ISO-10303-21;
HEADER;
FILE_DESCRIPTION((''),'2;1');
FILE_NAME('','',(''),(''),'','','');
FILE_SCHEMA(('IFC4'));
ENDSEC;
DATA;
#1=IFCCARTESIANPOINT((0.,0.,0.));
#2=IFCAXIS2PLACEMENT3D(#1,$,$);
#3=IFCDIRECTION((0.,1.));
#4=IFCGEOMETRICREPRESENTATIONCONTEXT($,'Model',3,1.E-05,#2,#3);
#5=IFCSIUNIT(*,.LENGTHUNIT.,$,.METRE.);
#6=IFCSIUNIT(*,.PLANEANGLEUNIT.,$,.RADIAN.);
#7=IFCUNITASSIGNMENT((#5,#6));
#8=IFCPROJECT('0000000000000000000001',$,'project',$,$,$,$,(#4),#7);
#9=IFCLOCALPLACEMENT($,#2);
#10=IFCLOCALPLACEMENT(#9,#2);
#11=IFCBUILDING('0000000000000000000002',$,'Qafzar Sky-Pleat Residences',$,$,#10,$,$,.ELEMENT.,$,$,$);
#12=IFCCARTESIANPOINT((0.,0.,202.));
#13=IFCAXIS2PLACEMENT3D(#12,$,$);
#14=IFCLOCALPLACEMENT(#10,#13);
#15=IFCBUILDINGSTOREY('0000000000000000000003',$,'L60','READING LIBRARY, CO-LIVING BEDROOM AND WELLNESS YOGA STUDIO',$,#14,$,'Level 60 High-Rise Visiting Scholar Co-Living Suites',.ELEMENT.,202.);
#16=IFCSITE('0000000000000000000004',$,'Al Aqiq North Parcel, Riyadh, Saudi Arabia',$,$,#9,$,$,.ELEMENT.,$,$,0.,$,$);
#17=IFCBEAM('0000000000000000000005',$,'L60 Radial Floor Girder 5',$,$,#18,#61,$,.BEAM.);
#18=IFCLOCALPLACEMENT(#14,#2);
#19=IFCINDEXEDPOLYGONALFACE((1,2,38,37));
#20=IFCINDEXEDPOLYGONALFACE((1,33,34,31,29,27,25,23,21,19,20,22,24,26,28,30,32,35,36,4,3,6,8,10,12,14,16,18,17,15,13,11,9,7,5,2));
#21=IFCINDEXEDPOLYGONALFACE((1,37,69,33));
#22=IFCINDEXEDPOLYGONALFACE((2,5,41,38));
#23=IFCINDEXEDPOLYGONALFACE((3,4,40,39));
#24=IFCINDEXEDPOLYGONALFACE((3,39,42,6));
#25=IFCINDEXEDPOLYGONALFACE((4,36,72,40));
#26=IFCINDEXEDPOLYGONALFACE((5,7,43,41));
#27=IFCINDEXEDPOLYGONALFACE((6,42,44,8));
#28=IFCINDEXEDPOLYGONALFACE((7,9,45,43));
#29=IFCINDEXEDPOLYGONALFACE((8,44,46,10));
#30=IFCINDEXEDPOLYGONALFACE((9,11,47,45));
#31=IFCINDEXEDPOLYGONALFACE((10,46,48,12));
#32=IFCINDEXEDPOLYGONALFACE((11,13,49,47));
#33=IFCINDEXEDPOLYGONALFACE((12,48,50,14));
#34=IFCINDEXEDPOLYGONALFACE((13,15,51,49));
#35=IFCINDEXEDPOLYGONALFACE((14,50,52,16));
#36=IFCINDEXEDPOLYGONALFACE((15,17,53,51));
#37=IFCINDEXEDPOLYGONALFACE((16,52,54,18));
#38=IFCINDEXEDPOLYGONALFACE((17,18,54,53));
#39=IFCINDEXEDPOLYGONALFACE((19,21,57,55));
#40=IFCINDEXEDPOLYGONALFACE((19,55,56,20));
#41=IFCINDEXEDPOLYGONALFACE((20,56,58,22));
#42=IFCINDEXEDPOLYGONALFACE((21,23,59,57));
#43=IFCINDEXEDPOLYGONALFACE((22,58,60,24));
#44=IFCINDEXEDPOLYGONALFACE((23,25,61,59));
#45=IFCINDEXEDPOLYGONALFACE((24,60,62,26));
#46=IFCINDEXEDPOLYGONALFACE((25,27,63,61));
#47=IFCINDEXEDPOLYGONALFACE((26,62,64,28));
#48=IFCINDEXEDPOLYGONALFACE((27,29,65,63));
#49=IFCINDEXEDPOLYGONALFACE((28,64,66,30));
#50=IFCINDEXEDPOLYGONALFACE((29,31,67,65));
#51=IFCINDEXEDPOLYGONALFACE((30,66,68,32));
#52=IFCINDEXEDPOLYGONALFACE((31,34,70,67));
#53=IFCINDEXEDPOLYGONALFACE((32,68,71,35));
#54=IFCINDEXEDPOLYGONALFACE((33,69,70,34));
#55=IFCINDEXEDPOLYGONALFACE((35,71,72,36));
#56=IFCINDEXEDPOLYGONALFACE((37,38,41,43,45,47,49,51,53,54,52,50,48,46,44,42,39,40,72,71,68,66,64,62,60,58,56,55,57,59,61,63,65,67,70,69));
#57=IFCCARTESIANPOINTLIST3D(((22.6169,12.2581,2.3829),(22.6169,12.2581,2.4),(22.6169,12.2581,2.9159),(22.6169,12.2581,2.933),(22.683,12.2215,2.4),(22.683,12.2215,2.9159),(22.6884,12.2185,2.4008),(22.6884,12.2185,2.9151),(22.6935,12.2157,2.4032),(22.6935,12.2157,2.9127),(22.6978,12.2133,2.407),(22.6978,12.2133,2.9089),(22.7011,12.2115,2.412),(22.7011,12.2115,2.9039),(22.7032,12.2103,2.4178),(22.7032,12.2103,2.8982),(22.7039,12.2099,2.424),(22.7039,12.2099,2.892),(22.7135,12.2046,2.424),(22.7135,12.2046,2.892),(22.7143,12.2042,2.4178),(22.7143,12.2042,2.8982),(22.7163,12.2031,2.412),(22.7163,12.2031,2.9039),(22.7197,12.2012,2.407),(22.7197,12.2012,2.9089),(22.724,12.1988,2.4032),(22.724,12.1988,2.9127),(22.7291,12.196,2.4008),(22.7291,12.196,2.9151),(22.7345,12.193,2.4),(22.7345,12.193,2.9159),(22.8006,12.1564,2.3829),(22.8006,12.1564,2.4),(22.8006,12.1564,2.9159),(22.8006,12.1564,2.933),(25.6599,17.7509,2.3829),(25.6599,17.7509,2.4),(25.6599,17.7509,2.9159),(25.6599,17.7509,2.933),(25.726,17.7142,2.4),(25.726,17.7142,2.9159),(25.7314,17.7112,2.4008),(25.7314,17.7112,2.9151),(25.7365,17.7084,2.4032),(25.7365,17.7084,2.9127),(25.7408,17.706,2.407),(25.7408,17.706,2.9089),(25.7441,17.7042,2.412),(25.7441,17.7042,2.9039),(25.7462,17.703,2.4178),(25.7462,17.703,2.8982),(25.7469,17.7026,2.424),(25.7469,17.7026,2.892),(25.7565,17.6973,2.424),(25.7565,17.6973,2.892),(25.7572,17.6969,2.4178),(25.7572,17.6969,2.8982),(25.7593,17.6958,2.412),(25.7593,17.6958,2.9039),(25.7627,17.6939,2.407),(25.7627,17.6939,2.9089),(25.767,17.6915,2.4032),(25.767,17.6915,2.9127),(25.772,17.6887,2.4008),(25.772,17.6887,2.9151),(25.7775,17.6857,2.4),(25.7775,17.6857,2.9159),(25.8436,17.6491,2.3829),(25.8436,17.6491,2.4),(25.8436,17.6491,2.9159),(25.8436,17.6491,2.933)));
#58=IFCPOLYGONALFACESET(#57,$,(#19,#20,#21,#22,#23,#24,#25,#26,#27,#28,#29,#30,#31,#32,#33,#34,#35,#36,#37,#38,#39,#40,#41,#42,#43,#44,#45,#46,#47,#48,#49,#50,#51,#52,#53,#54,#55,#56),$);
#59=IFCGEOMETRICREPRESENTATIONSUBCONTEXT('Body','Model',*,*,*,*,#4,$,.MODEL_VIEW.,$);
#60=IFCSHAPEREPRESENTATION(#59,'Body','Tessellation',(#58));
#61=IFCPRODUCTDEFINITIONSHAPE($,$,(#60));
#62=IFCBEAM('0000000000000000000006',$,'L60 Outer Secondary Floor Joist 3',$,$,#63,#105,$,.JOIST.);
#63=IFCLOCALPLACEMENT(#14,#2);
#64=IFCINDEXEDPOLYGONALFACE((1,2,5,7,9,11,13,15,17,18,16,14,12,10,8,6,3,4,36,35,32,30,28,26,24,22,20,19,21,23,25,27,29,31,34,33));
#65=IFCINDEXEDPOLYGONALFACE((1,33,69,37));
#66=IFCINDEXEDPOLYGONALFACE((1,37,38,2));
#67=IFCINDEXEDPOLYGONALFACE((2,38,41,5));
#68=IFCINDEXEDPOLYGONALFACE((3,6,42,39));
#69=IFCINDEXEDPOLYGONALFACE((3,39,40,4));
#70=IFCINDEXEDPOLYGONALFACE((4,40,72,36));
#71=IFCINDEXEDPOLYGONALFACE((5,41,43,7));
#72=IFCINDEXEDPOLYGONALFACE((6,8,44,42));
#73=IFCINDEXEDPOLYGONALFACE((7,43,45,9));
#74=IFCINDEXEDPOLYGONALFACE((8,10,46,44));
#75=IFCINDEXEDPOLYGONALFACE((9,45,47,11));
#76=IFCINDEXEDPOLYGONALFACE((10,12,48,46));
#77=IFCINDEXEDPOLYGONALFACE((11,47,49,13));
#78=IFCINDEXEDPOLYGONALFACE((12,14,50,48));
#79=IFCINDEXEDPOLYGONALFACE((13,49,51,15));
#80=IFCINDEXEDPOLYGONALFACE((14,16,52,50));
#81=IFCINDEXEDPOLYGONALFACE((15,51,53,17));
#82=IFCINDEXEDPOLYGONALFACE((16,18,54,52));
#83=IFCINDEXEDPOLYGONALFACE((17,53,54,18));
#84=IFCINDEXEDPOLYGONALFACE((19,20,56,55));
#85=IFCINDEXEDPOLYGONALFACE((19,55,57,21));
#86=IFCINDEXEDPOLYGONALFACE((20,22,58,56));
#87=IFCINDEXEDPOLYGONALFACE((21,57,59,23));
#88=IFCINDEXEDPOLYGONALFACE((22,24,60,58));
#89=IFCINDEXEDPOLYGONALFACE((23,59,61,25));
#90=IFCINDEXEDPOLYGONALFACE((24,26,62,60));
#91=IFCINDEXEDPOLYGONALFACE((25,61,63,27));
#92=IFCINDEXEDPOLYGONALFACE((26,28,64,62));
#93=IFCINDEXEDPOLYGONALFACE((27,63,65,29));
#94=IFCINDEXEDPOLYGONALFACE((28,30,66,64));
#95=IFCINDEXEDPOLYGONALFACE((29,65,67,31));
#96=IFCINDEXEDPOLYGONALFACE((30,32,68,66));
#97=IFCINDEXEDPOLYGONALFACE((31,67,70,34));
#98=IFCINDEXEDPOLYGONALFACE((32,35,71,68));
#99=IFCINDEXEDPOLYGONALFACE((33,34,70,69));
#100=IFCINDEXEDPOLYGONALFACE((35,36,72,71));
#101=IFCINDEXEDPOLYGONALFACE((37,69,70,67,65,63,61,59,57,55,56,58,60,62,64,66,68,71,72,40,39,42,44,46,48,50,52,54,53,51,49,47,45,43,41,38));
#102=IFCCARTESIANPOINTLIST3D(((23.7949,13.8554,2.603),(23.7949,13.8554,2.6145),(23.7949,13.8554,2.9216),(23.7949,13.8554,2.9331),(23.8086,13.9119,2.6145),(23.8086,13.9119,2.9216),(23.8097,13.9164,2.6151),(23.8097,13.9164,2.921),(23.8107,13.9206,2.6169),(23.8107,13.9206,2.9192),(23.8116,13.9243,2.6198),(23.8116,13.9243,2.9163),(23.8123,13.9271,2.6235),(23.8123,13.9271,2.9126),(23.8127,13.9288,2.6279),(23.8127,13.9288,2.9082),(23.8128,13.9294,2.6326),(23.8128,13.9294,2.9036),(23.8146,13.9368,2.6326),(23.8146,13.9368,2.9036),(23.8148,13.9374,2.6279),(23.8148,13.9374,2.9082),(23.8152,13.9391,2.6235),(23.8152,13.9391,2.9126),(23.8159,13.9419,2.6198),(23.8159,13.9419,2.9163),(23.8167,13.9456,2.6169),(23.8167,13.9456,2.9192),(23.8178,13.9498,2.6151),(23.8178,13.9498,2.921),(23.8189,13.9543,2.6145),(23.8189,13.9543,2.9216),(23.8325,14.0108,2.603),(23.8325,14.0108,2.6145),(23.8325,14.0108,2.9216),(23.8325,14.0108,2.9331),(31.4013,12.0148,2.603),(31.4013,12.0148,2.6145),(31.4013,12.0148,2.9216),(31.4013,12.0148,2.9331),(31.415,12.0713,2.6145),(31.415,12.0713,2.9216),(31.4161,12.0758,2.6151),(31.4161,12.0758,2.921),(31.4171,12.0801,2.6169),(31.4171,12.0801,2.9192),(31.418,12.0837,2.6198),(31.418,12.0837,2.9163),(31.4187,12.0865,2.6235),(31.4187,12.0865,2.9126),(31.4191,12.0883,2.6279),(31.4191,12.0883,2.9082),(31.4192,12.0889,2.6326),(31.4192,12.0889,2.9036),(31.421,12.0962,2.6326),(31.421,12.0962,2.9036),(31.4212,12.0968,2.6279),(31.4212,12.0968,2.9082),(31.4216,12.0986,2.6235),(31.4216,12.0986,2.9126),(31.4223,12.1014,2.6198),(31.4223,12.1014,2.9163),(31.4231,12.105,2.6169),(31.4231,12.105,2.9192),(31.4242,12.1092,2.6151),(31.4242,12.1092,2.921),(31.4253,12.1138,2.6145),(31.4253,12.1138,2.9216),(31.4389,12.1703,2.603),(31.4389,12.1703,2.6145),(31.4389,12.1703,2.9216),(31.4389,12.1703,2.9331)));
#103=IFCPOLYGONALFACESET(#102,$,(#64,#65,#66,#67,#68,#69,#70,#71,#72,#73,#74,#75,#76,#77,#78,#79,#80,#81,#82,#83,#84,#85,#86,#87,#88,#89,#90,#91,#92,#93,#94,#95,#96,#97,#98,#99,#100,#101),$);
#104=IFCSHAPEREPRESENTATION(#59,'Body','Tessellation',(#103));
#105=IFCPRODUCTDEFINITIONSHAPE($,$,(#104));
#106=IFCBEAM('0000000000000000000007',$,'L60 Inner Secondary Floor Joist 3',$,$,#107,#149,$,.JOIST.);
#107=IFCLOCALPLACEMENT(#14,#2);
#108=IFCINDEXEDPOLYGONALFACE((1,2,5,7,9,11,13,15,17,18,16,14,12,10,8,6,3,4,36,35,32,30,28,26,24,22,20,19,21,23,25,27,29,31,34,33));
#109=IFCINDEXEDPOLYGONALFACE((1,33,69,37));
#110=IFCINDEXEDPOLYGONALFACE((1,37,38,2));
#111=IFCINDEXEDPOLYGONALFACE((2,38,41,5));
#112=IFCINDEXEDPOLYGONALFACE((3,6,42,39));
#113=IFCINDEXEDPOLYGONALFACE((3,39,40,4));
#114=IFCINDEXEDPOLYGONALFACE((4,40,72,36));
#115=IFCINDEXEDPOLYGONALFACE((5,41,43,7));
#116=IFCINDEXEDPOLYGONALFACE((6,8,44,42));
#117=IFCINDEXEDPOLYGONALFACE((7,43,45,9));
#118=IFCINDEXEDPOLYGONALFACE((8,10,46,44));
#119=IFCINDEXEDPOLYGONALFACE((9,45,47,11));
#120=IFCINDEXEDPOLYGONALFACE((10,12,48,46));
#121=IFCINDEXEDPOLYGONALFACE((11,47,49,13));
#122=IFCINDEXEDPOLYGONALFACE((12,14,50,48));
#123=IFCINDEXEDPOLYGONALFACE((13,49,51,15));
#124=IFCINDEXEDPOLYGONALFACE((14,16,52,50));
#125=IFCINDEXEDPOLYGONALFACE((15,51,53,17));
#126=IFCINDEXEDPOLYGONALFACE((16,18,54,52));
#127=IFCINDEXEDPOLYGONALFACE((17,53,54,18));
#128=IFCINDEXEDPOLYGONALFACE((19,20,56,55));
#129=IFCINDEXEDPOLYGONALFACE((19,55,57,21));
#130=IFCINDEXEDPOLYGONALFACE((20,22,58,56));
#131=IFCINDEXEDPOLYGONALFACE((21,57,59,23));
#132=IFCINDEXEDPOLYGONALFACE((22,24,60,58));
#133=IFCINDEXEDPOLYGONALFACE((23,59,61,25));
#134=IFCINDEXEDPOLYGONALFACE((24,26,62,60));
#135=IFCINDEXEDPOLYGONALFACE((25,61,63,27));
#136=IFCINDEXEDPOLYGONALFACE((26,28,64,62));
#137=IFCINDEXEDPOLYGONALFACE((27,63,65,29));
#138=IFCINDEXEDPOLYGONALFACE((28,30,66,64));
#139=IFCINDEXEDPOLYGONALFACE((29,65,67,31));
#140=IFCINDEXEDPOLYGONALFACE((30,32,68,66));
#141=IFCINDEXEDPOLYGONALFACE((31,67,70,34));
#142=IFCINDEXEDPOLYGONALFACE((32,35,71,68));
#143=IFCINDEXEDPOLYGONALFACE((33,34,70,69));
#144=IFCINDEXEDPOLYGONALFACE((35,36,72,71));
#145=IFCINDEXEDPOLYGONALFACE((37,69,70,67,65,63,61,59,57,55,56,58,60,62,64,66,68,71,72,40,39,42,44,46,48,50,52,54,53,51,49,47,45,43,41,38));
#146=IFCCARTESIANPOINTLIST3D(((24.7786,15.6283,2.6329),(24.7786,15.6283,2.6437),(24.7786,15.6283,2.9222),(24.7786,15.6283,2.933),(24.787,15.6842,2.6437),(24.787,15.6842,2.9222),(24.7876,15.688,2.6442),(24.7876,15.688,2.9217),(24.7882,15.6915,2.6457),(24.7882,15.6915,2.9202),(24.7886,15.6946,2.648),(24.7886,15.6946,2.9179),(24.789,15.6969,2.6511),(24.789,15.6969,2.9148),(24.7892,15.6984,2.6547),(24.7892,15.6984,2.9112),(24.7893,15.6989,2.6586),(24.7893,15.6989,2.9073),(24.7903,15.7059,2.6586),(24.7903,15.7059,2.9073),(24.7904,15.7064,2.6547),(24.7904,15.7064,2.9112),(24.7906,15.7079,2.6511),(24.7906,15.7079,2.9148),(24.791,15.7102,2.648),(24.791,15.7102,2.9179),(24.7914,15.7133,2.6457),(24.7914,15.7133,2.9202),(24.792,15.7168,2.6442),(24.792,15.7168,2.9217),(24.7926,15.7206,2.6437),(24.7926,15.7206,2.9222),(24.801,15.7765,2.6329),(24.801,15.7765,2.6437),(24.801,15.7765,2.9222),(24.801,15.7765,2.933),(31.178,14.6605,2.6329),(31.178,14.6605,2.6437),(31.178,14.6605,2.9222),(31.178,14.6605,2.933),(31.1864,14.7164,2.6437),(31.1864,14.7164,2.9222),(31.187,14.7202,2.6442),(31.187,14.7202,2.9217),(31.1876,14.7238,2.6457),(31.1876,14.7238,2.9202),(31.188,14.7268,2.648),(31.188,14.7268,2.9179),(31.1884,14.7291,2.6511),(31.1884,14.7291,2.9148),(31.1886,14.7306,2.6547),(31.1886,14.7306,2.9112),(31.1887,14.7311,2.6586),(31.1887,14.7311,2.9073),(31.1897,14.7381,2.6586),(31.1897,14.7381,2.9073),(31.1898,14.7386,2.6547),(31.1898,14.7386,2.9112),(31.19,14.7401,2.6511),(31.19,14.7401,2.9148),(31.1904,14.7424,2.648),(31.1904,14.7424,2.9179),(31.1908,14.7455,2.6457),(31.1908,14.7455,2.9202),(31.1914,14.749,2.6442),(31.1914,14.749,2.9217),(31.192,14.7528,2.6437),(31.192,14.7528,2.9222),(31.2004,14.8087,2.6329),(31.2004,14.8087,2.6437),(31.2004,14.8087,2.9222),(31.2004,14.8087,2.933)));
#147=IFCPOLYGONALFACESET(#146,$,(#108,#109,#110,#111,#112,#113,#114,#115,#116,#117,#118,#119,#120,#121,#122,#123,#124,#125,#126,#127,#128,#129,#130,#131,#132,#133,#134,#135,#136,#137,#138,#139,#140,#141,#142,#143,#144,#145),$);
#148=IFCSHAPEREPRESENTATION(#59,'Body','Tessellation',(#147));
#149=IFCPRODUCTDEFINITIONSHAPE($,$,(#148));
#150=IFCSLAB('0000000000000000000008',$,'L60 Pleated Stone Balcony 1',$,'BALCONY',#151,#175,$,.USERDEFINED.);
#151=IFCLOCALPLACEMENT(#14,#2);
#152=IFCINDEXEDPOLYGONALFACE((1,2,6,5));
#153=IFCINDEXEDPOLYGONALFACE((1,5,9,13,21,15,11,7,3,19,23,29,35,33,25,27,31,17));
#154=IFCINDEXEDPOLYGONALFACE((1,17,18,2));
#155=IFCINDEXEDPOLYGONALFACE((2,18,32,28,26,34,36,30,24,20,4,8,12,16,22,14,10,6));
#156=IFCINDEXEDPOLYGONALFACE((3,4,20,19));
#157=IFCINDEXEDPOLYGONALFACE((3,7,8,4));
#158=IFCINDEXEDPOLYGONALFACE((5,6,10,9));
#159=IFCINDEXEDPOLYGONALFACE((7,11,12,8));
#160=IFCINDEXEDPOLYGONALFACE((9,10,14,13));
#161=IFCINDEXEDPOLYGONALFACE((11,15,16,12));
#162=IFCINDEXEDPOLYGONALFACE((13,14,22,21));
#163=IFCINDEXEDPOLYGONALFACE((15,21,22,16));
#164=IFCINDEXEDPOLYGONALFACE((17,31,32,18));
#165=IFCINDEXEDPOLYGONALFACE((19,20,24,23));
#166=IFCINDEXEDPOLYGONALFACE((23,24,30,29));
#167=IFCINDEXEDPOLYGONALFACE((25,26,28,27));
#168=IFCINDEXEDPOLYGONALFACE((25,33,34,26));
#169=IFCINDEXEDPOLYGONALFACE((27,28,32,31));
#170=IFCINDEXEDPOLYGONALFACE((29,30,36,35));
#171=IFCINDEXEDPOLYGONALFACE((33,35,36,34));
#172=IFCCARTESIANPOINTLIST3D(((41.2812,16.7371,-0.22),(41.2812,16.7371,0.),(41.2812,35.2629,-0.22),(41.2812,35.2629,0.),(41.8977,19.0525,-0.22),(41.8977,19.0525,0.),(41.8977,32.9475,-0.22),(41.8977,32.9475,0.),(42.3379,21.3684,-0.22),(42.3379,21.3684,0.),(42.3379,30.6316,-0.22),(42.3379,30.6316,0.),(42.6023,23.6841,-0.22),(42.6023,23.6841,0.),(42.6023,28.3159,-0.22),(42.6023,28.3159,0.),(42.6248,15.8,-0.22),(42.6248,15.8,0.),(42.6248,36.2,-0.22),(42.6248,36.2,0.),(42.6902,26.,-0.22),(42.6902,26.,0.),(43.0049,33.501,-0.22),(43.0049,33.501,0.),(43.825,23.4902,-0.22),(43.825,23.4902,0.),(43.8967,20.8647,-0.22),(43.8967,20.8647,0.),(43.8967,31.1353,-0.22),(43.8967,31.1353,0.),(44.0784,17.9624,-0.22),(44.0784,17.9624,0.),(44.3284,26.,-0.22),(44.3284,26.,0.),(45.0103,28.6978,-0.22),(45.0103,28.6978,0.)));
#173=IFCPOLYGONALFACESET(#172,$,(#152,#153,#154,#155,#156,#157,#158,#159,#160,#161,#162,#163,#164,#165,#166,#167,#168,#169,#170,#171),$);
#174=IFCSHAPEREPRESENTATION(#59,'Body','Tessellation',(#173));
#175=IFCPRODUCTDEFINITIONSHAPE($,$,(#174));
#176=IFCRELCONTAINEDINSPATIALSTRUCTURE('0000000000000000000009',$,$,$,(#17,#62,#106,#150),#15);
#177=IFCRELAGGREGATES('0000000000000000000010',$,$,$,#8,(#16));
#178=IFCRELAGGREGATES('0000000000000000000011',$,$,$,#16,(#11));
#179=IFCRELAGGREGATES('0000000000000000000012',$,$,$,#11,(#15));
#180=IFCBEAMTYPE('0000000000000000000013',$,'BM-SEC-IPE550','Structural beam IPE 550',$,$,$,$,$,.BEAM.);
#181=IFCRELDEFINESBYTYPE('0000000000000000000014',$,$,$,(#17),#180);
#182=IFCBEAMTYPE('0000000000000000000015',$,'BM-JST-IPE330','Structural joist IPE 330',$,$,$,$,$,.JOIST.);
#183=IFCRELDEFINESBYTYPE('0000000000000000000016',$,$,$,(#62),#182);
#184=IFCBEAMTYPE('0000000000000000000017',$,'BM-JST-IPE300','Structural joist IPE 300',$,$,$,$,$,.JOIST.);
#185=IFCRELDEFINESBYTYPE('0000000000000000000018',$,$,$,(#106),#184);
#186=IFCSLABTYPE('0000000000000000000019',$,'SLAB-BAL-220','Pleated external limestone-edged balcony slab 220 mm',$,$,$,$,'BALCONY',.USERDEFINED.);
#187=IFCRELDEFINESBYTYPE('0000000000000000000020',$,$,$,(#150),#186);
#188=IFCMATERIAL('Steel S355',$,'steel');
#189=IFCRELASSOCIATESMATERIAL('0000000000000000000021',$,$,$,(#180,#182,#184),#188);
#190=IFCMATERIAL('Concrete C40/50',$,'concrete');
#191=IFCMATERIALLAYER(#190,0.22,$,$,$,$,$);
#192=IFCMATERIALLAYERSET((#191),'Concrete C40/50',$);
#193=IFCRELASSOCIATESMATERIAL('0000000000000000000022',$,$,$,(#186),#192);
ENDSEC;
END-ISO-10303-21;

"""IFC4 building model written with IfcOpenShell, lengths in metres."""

from ifc_helpers import new_model, si_unit, direction, frame, origin, origin_2d, place, context, subcontext, project, spatial, polyline, i_section, outline, extrude, source, transform, mapped, material, layer, layer_set, material_profile, profile_set, type_object, element, save


model = new_model("IFC4")

# Units and contexts
model_context = context("Model", 3, precision=1e-05, world=origin(), true_north=direction((0.0, 1.0)))
body_context = subcontext(model_context, "Body", "Model", "MODEL_VIEW")
ifc_project = project(units=[si_unit("LENGTHUNIT", "METRE"), si_unit("PLANEANGLEUNIT", "RADIAN")], contexts=[model_context])

# Site, building, storey
site_placement = place(None, origin())
site = spatial("IfcSite", under=ifc_project, at=site_placement, Name="Al Aqiq North Parcel, Riyadh, Saudi Arabia", CompositionType="ELEMENT", RefElevation=0.0)
building_placement = place(site_placement, origin())
building = spatial("IfcBuilding", under=site, at=building_placement, Name="Qafzar Sky-Pleat Residences", CompositionType="ELEMENT")
storey_placement = place(building_placement, frame((0.0, 0.0, 202.0)))
storey = spatial("IfcBuildingStorey", under=building, at=storey_placement, Name="L60", Description="READING LIBRARY, CO-LIVING BEDROOM AND WELLNESS YOGA STUDIO", LongName="Level 60 High-Rise Visiting Scholar Co-Living Suites", CompositionType="ELEMENT", Elevation=202.0)

# Shared definitions
ifc_material_1 = material(Name="Steel S355", Category="steel")

# Beams
ifc_material_profile_1 = material_profile(ifc_material_1, i_section(OverallWidth=0.21, OverallDepth=0.55, WebThickness=0.011, FlangeThickness=0.0171, FilletRadius=0.0239, at=origin_2d()), Name="IPE 550")
ifc_profile_set_1 = profile_set([ifc_material_profile_1], Name="Steel S355")
beam_type_1 = type_object("IfcBeamType", Name="BM-SEC-IPE550", Description="Structural beam IPE 550", PredefinedType="BEAM", material=ifc_profile_set_1)
shared_shape_1 = source(origin(), body_context, "Body", "SweptSolid", [
    extrude(i_section(OverallWidth=0.21, OverallDepth=0.55, WebThickness=0.011, FlangeThickness=0.0171, FilletRadius=0.0239, at=origin_2d()), origin(), (0.0, 0.0, 1.0), 6.2793),
])
beam_1_placement = place(storey_placement, frame((22.7087, 12.2073, 2.658), z_axis=(0.484606, 0.874733, 0.0), x_axis=(-0.874733, 0.484606, 0.0)))
element("IfcBeam", 1, at=beam_1_placement, inside=storey, type_object=beam_type_1, Name="L60 Radial Floor Girder 5", PredefinedType="BEAM", context=body_context, shape_type="MappedRepresentation", body=[
    mapped(shared_shape_1, transform((0.0, 0.0, 0.0), x_axis=(1.0, 0.0, 0.0), y_axis=(0.0, 1.0, 0.0), z_axis=(0.0, 0.0, 1.0), scale=1.0)),
])
ifc_material_profile_2 = material_profile(ifc_material_1, i_section(OverallWidth=0.1599, OverallDepth=0.3301, WebThickness=0.0076, FlangeThickness=0.0115, FilletRadius=0.0181, at=origin_2d()), Name="IPE 330")
ifc_profile_set_2 = profile_set([ifc_material_profile_2], Name="Steel S355")
beam_type_2 = type_object("IfcBeamType", Name="BM-JST-IPE330", Description="Structural joist IPE 330", PredefinedType="JOIST", material=ifc_profile_set_2)
shared_shape_2 = source(origin(), body_context, "Body", "SweptSolid", [
    extrude(i_section(OverallWidth=0.1599, OverallDepth=0.3301, WebThickness=0.0076, FlangeThickness=0.0115, FilletRadius=0.0181, at=origin_2d()), origin(), (0.0, 0.0, 1.0), 7.8259),
])
beam_2_placement = place(storey_placement, frame((23.8137, 13.9331, 2.7681), z_axis=(0.97195, -0.235188, 0.0), x_axis=(0.235188, 0.97195, 0.0)))
element("IfcBeam", 2, at=beam_2_placement, inside=storey, type_object=beam_type_2, Name="L60 Outer Secondary Floor Joist 3", PredefinedType="JOIST", context=body_context, shape_type="MappedRepresentation", body=[
    mapped(shared_shape_2, transform((0.0, 0.0, 0.0), x_axis=(1.0, 0.0, 0.0), y_axis=(0.0, 1.0, 0.0), z_axis=(0.0, 0.0, 1.0), scale=1.0)),
])
ifc_material_profile_3 = material_profile(ifc_material_1, i_section(OverallWidth=0.1499, OverallDepth=0.3, WebThickness=0.0071, FlangeThickness=0.0107, FilletRadius=0.0149, at=origin_2d()), Name="IPE 300")
ifc_profile_set_3 = profile_set([ifc_material_profile_3], Name="Steel S355")
beam_type_3 = type_object("IfcBeamType", Name="BM-JST-IPE300", Description="Structural joist IPE 300", PredefinedType="JOIST", material=ifc_profile_set_3)
shared_shape_3 = source(origin(), body_context, "Body", "SweptSolid", [
    extrude(i_section(OverallWidth=0.1499, OverallDepth=0.3, WebThickness=0.0071, FlangeThickness=0.0107, FilletRadius=0.0149, at=origin_2d()), origin(), (0.0, 0.0, 1.0), 6.4722),
])
beam_3_placement = place(storey_placement, frame((24.7898, 15.7024, 2.783), z_axis=(0.988757, -0.149528, 0.0), x_axis=(0.149528, 0.988757, 0.0)))
element("IfcBeam", 3, at=beam_3_placement, inside=storey, type_object=beam_type_3, Name="L60 Inner Secondary Floor Joist 3", PredefinedType="JOIST", context=body_context, shape_type="MappedRepresentation", body=[
    mapped(shared_shape_3, transform((0.0, 0.0, 0.0), x_axis=(1.0, 0.0, 0.0), y_axis=(0.0, 1.0, 0.0), z_axis=(0.0, 0.0, 1.0), scale=1.0)),
])

# Slab
ifc_material_2 = material(Name="Concrete C40/50", Category="concrete")
ifc_layer_1 = layer(ifc_material_2, 0.22)
ifc_layer_set_1 = layer_set([ifc_layer_1], Name="Concrete C40/50")
slab_type_1 = type_object("IfcSlabType", Name="SLAB-BAL-220", Description="Pleated external limestone-edged balcony slab 220 mm", ElementType="BALCONY", PredefinedType="USERDEFINED", material=ifc_layer_set_1)
slab_1_placement = place(storey_placement, frame((0.0, 0.0, -0.22)))
element("IfcSlab", 4, at=slab_1_placement, inside=storey, type_object=slab_type_1, Name="L60 Pleated Stone Balcony 1", ObjectType="BALCONY", PredefinedType="USERDEFINED", context=body_context, shape_type="SweptSolid", body=[
    extrude(outline(polyline([(41.8977, 19.0525), (42.3379, 21.3684), (42.6023, 23.6841), (42.6902, 26.0), (42.6023, 28.3159), (42.3379, 30.6316), (41.8977, 32.9475), (41.2812, 35.2629), (42.6248, 36.2), (43.0049, 33.501), (43.8967, 31.1353), (45.0103, 28.6978), (44.3284, 26.0), (43.825, 23.4902), (43.8967, 20.8647), (44.0784, 17.9624), (42.6248, 15.8), (41.2812, 16.7371), (41.8977, 19.0525)])), origin(), (0.0, 0.0, 1.0), 0.22),
])

save(model, "model.ifc")
